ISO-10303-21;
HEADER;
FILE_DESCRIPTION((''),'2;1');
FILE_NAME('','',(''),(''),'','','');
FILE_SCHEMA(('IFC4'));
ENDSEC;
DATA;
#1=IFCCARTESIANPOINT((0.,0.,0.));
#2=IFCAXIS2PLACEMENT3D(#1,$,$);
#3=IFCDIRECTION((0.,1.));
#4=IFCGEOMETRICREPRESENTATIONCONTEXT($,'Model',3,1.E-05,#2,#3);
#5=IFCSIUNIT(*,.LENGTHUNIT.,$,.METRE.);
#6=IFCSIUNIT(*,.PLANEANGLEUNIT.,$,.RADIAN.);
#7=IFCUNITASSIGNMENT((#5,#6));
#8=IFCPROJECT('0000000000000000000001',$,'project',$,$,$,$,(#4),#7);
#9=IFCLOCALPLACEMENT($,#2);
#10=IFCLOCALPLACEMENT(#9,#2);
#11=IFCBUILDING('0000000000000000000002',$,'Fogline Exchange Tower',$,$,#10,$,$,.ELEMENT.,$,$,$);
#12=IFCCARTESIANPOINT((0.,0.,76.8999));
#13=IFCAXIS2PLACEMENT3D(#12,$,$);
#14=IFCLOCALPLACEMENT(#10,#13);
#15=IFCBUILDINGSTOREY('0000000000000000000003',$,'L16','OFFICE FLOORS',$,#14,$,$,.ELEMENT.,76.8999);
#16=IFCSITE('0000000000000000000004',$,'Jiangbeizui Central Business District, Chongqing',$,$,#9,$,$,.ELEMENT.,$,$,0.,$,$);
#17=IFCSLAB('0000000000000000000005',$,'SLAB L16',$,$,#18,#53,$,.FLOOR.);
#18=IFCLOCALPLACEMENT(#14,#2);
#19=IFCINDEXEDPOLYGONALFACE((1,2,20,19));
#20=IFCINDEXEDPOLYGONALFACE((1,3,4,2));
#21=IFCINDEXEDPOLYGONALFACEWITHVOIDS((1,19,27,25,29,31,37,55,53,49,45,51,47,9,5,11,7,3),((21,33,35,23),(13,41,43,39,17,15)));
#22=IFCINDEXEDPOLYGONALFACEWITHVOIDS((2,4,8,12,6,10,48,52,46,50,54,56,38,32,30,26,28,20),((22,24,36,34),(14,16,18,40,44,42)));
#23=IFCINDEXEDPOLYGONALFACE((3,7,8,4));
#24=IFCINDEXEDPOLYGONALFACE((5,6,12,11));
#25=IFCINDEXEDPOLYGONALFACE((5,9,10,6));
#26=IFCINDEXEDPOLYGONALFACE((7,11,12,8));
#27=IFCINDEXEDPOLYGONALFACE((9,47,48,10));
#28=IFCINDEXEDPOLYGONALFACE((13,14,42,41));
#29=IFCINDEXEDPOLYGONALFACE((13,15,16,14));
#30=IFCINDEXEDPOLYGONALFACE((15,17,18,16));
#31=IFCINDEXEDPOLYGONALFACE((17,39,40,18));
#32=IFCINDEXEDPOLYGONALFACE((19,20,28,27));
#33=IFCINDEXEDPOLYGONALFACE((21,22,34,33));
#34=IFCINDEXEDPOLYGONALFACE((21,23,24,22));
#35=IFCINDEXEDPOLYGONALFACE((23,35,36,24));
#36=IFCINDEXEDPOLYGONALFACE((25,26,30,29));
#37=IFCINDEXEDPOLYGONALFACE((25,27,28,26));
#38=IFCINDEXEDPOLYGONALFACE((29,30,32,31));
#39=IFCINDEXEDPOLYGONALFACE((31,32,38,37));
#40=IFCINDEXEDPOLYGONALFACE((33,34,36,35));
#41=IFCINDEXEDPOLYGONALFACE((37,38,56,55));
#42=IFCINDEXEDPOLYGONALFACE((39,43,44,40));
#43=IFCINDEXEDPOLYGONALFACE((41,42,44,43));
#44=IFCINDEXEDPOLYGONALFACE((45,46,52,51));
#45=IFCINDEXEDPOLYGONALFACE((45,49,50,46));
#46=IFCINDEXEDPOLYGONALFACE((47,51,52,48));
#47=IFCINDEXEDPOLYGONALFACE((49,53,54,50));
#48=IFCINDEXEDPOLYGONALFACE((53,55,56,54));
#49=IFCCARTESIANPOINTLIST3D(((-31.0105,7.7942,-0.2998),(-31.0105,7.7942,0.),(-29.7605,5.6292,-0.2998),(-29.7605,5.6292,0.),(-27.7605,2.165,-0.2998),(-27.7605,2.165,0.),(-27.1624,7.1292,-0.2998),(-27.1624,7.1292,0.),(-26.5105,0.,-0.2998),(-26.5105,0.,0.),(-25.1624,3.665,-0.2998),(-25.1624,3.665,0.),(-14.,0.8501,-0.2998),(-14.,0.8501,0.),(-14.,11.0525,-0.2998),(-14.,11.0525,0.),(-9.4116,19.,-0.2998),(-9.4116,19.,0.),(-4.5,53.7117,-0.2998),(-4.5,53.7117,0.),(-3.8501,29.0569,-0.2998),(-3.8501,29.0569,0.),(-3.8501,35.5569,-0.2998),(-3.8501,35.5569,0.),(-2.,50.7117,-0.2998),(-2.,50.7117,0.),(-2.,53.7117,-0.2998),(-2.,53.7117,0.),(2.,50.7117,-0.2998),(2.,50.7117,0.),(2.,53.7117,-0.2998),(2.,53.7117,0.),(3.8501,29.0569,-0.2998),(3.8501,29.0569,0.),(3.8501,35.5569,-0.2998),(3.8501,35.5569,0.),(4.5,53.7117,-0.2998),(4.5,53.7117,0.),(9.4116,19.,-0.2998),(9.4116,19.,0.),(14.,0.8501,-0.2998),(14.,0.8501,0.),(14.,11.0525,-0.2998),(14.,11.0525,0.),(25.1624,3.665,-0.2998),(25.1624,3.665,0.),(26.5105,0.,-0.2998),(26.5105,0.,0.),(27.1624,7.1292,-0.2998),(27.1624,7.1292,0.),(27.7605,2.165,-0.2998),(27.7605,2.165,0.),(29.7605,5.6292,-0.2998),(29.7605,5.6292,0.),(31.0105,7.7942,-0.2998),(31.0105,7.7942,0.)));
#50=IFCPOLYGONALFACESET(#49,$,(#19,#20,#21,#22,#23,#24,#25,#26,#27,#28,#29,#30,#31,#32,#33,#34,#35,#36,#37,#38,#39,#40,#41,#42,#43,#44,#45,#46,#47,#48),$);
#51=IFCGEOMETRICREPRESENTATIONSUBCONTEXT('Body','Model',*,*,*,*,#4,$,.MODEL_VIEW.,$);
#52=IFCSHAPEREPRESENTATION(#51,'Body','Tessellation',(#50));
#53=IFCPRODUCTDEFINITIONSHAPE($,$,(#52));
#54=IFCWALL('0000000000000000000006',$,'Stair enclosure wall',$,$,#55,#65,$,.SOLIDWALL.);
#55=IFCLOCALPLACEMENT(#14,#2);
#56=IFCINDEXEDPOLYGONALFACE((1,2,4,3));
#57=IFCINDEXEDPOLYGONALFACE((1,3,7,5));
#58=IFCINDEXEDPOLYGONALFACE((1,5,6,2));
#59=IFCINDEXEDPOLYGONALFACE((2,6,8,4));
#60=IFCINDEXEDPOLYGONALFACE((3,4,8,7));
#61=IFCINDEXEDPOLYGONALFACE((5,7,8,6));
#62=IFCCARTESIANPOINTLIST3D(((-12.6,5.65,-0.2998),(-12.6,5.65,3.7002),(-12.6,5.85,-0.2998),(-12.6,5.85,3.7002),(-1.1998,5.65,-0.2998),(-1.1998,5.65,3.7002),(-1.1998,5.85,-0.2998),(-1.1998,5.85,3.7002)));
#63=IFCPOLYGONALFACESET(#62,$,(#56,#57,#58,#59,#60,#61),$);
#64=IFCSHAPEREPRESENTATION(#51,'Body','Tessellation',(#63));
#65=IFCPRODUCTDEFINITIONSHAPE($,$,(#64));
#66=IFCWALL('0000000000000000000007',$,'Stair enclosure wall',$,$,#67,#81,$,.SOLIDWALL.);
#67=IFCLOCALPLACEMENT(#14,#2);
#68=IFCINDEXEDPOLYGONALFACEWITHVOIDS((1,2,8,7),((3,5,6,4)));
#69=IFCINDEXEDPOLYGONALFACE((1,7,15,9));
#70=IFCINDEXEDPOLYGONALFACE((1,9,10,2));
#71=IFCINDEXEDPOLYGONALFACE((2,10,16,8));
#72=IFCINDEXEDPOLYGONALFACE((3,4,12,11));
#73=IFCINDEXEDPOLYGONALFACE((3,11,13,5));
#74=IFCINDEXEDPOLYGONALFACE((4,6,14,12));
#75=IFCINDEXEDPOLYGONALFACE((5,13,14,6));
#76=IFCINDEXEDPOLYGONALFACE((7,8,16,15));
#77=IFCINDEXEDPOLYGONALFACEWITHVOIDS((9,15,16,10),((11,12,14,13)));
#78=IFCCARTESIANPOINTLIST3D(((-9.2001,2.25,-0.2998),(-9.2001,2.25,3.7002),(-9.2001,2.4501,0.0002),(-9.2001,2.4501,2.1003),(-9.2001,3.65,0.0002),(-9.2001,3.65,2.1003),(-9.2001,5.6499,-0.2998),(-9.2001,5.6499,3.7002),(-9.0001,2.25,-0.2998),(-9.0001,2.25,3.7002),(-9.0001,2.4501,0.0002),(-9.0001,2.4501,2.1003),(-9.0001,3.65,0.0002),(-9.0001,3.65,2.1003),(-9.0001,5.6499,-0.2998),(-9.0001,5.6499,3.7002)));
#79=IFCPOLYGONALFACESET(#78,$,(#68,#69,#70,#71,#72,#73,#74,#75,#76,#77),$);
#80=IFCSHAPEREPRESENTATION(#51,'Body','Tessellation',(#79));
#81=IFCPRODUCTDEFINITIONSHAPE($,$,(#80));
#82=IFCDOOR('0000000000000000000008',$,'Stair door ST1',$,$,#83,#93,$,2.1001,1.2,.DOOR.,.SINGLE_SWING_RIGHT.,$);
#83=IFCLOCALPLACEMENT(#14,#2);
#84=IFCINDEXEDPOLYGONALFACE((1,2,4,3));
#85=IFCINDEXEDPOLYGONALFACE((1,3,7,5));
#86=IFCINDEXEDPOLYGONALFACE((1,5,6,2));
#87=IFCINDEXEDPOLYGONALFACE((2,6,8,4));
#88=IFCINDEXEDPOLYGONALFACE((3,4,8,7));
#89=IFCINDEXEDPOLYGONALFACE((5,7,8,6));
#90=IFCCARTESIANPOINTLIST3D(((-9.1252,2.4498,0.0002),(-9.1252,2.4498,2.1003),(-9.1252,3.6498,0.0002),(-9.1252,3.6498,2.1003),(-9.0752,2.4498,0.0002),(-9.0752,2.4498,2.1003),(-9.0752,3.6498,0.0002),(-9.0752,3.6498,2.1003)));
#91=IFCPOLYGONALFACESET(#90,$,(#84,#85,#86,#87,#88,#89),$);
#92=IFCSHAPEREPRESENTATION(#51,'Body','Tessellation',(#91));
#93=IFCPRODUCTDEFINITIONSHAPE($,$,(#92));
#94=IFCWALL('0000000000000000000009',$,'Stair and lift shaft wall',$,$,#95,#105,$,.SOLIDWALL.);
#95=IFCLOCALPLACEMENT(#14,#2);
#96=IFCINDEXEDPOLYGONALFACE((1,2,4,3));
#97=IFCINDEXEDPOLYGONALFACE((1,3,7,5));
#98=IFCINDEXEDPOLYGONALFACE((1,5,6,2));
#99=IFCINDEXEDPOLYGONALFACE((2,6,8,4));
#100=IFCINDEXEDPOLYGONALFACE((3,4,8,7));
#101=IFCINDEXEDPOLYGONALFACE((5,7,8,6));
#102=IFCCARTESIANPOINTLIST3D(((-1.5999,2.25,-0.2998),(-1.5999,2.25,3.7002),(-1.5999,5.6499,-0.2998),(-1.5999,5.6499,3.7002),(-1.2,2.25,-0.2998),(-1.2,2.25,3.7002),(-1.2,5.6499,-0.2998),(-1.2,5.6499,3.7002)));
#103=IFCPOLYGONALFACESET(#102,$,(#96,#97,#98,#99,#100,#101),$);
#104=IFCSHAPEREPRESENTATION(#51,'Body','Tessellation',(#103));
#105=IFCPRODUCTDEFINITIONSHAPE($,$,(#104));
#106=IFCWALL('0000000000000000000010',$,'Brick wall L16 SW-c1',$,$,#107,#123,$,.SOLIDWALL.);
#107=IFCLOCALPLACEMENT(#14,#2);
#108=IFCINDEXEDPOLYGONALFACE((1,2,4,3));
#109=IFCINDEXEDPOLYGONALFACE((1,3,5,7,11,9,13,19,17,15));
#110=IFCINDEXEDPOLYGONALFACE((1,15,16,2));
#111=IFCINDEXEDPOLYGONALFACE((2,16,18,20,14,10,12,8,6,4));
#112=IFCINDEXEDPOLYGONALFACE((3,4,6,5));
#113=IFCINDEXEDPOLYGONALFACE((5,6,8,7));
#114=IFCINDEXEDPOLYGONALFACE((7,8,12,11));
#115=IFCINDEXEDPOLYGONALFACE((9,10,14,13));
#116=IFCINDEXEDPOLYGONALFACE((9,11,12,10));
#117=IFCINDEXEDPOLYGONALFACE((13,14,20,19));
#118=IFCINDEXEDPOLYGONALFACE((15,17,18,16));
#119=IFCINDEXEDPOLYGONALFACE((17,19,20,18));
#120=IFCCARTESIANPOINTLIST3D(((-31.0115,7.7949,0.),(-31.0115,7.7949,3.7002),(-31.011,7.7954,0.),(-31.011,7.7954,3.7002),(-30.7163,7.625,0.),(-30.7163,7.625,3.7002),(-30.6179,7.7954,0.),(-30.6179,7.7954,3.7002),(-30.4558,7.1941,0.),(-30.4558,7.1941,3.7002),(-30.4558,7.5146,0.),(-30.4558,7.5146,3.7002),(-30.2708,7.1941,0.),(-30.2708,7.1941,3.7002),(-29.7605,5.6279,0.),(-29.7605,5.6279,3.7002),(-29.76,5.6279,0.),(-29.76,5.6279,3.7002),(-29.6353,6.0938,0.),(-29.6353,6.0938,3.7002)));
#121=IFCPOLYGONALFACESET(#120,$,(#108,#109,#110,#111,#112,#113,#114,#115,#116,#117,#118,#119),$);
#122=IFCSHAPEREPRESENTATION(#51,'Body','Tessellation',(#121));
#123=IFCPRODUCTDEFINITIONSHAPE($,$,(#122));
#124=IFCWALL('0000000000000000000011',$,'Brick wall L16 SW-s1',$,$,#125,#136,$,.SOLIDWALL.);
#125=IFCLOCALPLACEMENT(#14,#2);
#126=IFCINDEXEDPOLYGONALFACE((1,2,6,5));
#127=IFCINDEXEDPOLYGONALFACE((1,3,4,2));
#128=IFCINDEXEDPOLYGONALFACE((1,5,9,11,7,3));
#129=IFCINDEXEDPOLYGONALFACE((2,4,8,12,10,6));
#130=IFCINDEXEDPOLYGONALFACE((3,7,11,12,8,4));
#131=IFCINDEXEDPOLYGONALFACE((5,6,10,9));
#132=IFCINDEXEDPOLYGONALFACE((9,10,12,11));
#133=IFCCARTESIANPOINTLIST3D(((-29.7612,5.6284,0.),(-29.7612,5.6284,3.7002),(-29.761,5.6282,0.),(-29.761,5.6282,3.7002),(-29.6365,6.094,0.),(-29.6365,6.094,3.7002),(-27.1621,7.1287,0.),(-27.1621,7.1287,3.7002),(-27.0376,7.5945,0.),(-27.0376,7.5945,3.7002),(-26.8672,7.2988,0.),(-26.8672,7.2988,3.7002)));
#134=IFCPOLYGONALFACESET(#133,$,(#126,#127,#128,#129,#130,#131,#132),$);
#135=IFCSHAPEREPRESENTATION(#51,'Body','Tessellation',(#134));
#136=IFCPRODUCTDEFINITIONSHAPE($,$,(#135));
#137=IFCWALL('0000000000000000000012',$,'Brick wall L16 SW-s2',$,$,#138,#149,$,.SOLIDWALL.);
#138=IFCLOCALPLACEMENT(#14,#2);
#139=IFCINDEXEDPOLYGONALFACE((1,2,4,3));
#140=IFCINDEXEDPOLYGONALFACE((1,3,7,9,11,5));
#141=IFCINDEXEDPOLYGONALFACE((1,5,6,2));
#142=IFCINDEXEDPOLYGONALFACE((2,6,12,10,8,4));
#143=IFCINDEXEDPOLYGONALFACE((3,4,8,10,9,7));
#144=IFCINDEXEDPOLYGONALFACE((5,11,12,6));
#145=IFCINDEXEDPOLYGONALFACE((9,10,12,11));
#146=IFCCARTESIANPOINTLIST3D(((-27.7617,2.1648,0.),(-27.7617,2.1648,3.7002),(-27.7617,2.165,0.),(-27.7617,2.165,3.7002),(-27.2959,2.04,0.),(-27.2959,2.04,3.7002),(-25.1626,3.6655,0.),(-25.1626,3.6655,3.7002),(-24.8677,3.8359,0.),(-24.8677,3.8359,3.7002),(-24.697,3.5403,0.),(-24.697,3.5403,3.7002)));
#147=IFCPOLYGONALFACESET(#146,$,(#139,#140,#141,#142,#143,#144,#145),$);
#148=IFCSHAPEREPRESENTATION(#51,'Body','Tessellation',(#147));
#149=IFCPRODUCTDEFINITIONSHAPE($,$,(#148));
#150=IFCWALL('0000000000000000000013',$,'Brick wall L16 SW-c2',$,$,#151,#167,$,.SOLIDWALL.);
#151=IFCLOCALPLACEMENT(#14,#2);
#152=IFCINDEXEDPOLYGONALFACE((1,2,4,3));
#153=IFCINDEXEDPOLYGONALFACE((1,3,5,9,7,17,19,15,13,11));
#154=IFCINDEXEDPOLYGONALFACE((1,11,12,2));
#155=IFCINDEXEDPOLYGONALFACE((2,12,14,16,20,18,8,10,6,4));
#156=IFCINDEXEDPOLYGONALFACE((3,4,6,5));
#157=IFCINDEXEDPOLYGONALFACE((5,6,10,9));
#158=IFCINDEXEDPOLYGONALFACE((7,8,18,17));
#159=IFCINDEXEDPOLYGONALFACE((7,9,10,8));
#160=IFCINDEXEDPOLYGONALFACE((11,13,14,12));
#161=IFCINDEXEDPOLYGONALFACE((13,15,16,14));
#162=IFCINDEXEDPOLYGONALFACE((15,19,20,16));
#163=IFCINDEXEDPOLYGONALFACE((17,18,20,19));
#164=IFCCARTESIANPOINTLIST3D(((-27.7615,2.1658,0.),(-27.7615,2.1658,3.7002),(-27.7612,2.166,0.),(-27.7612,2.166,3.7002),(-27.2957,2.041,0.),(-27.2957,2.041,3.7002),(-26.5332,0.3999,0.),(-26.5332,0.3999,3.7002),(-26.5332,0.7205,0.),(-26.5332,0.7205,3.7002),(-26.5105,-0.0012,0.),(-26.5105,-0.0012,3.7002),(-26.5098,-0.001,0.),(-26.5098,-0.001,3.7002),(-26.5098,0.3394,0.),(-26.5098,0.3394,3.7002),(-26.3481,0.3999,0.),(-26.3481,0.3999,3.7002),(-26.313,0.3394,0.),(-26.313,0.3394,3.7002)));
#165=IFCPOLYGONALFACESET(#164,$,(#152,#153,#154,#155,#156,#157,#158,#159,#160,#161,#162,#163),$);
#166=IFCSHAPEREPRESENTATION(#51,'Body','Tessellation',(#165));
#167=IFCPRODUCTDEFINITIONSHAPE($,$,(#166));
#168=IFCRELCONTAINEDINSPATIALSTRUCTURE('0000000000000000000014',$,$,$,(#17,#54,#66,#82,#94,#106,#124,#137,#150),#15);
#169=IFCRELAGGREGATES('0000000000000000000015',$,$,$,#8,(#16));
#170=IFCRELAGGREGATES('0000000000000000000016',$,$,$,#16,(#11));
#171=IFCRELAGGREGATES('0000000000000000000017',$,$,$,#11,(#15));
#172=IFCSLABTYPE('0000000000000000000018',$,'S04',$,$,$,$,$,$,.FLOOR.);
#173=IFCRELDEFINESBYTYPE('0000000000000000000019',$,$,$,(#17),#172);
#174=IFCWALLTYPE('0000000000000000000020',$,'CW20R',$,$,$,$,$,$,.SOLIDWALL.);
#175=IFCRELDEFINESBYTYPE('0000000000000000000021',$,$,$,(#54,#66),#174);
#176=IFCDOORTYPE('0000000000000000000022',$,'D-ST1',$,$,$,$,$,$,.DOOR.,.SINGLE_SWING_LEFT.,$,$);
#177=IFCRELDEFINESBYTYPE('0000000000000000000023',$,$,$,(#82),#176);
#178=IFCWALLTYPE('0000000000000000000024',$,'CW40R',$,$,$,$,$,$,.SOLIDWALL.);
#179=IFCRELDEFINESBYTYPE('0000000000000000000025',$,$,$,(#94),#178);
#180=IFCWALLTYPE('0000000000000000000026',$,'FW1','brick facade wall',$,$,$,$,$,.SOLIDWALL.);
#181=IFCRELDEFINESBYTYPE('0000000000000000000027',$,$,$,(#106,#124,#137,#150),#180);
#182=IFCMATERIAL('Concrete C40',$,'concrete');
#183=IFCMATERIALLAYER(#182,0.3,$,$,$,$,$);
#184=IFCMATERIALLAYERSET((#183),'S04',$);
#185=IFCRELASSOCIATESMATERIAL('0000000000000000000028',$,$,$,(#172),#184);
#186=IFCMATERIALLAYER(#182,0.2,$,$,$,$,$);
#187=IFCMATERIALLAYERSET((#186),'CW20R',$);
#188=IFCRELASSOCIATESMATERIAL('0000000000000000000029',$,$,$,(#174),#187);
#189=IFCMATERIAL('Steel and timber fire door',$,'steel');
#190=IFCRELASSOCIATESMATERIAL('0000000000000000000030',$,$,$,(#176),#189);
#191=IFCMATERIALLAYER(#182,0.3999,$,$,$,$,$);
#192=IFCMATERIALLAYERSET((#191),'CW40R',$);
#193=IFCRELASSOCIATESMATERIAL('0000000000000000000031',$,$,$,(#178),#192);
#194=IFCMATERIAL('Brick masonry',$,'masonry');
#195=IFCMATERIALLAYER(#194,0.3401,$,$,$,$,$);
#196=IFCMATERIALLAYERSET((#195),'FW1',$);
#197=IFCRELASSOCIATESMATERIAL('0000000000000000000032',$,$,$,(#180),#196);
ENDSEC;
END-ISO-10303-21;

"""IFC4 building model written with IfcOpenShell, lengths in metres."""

from ifc_helpers import new_model, si_unit, direction, frame, frame_2d, origin, place, context, subcontext, project, spatial, polyline, rectangle, outline, extrude, material, layer, layer_set, type_object, element, fill, save


model = new_model("IFC4")

# Units and contexts
model_context = context("Model", 3, precision=1e-05, world=origin(), true_north=direction((0.0, 1.0)))
body_context = subcontext(model_context, "Body", "Model", "MODEL_VIEW")
ifc_project = project(units=[si_unit("LENGTHUNIT", "METRE"), si_unit("PLANEANGLEUNIT", "RADIAN")], contexts=[model_context])

# Site, building, storey
site_placement = place(None, origin())
site = spatial("IfcSite", under=ifc_project, at=site_placement, Name="Jiangbeizui Central Business District, Chongqing", CompositionType="ELEMENT", RefElevation=0.0)
building_placement = place(site_placement, origin())
building = spatial("IfcBuilding", under=site, at=building_placement, Name="Fogline Exchange Tower", CompositionType="ELEMENT")
storey_placement = place(building_placement, frame((0.0, 0.0, 76.8999)))
storey = spatial("IfcBuildingStorey", under=building, at=storey_placement, Name="L16", Description="OFFICE FLOORS", CompositionType="ELEMENT", Elevation=76.8999)

# Slab
ifc_material_1 = material(Name="Concrete C40", Category="concrete")
ifc_layer_1 = layer(ifc_material_1, 0.3)
ifc_layer_set_1 = layer_set([ifc_layer_1], Name="S04")
slab_type = type_object("IfcSlabType", Name="S04", PredefinedType="FLOOR", material=ifc_layer_set_1)
slab_placement = place(storey_placement, frame((0.0, 0.0, -0.2998)))
element("IfcSlab", 1, at=slab_placement, inside=storey, type_object=slab_type, Name="SLAB L16", PredefinedType="FLOOR", context=body_context, shape_type="SweptSolid", body=[
    extrude(outline(polyline([(-2.0, 53.7117), (-4.5, 53.7117), (-31.0105, 7.7942), (-29.7605, 5.6292), (-27.1624, 7.1292), (-25.1624, 3.665), (-27.7605, 2.165), (-26.5105, 0.0), (26.5105, 0.0), (27.7605, 2.165), (25.1624, 3.665), (27.1624, 7.1292), (29.7605, 5.6292), (31.0105, 7.7942), (4.5, 53.7117), (2.0, 53.7117), (2.0, 50.7117), (-2.0, 50.7117), (-2.0, 53.7117)]), holes=[polyline([(14.0, 11.0525), (14.0, 0.8501), (-14.0, 0.8501), (-14.0, 11.0525), (-9.4116, 19.0), (9.4116, 19.0), (14.0, 11.0525)]), polyline([(3.8501, 35.5569), (3.8501, 29.0569), (-3.8501, 29.0569), (-3.8501, 35.5569), (3.8501, 35.5569)])]), origin(), (0.0, 0.0, 1.0), 0.2998),
])

# Wall
ifc_layer_2 = layer(ifc_material_1, 0.2)
ifc_layer_set_2 = layer_set([ifc_layer_2], Name="CW20R")
wall_type_1 = type_object("IfcWallType", Name="CW20R", PredefinedType="SOLIDWALL", material=ifc_layer_set_2)
wall_1_placement = place(storey_placement, frame((-12.6001, 5.75, -0.2998), z_axis=(0.0, 0.0, 1.0), x_axis=(1.0, 0.0, 0.0)))
element("IfcWall", 2, at=wall_1_placement, inside=storey, type_object=wall_type_1, Name="Stair enclosure wall", PredefinedType="SOLIDWALL", context=body_context, shape_type="SweptSolid", body=[
    extrude(rectangle(XDim=11.4001, YDim=0.2, at=frame_2d((5.7002, 0.0))), origin(), (0.0, 0.0, 1.0), 4.0),
])

# Wall, opening, door
wall_2_placement = place(storey_placement, frame((-9.1001, 2.25, -0.2998), z_axis=(0.0, 0.0, 1.0), x_axis=(0.0, 1.0, 0.0)))
wall_2 = element("IfcWall", 3, at=wall_2_placement, inside=storey, type_object=wall_type_1, Name="Stair enclosure wall", PredefinedType="SOLIDWALL", context=body_context, shape_type="SweptSolid", body=[
    extrude(rectangle(XDim=3.3999, YDim=0.2, at=frame_2d((1.7, 0.0))), origin(), (0.0, 0.0, 1.0), 4.0),
])
opening_placement = place(wall_2_placement, frame((0.2, 0.0, 0.3)))
opening = element("IfcOpeningElement", 4, at=opening_placement, cuts=wall_2, PredefinedType="OPENING", context=body_context, shape_type="SweptSolid", body=[
    extrude(rectangle(XDim=1.2, YDim=2.1001, at=frame_2d((0.6001, 1.05))), frame((0.0, 0.1099, 0.0), z_axis=(0.0, -1.0, 0.0), x_axis=(1.0, 0.0, 0.0)), (0.0, 0.0, 1.0), 0.22),
])
ifc_material_2 = material(Name="Steel and timber fire door", Category="steel")
door_type = type_object("IfcDoorType", Name="D-ST1", OperationType="SINGLE_SWING_LEFT", PredefinedType="DOOR", material=ifc_material_2)
door_placement = place(opening_placement, frame((1.2, 0.0, 0.0), z_axis=(0.0, 0.0, 1.0), x_axis=(-1.0, 0.0, 0.0)))
door = element("IfcDoor", 5, at=door_placement, inside=storey, type_object=door_type, Name="Stair door ST1", OperationType="SINGLE_SWING_RIGHT", OverallHeight=2.1001, OverallWidth=1.2, PredefinedType="DOOR", context=body_context, shape_type="SweptSolid", body=[
    extrude(rectangle(XDim=1.2, YDim=2.1001, at=frame_2d((0.6001, 1.05))), frame((0.0, 0.0249, 0.0), z_axis=(0.0, -1.0, 0.0), x_axis=(1.0, 0.0, 0.0)), (0.0, 0.0, 1.0), 0.05),
])
fill(opening, door)

# Walls
ifc_layer_3 = layer(ifc_material_1, 0.3999)
ifc_layer_set_3 = layer_set([ifc_layer_3], Name="CW40R")
wall_type_2 = type_object("IfcWallType", Name="CW40R", PredefinedType="SOLIDWALL", material=ifc_layer_set_3)
wall_3_placement = place(storey_placement, frame((-1.3999, 2.25, -0.2998), z_axis=(0.0, 0.0, 1.0), x_axis=(0.0, 1.0, 0.0)))
element("IfcWall", 6, at=wall_3_placement, inside=storey, type_object=wall_type_2, Name="Stair and lift shaft wall", PredefinedType="SOLIDWALL", context=body_context, shape_type="SweptSolid", body=[
    extrude(rectangle(XDim=3.3999, YDim=0.3999, at=frame_2d((1.7, 0.0))), origin(), (0.0, 0.0, 1.0), 4.0),
])
ifc_material_3 = material(Name="Brick masonry", Category="masonry")
ifc_layer_4 = layer(ifc_material_3, 0.3401)
ifc_layer_set_4 = layer_set([ifc_layer_4], Name="FW1")
wall_type_3 = type_object("IfcWallType", Name="FW1", Description="brick facade wall", PredefinedType="SOLIDWALL", material=ifc_layer_set_4)
wall_4_placement = place(storey_placement, origin())
element("IfcWall", 7, at=wall_4_placement, inside=storey, type_object=wall_type_3, Name="Brick wall L16 SW-c1", PredefinedType="SOLIDWALL", context=body_context, shape_type="SweptSolid", body=[
    extrude(outline(polyline([(-29.7605, 5.6279), (-31.0115, 7.7949), (-31.011, 7.7954), (-30.7163, 7.625), (-30.6179, 7.7954), (-30.4558, 7.5146), (-30.4558, 7.1941), (-30.2708, 7.1941), (-29.6353, 6.0938), (-29.76, 5.6279), (-29.7605, 5.6279)])), origin(), (0.0, 0.0, 1.0), 3.7002),
])
wall_5_placement = place(storey_placement, origin())
element("IfcWall", 8, at=wall_5_placement, inside=storey, type_object=wall_type_3, Name="Brick wall L16 SW-s1", PredefinedType="SOLIDWALL", context=body_context, shape_type="SweptSolid", body=[
    extrude(outline(polyline([(-27.0376, 7.5945), (-26.8672, 7.2988), (-27.1621, 7.1287), (-29.761, 5.6282), (-29.7612, 5.6284), (-29.6365, 6.094), (-27.0376, 7.5945)])), origin(), (0.0, 0.0, 1.0), 3.7002),
])
wall_6_placement = place(storey_placement, origin())
element("IfcWall", 9, at=wall_6_placement, inside=storey, type_object=wall_type_3, Name="Brick wall L16 SW-s2", PredefinedType="SOLIDWALL", context=body_context, shape_type="SweptSolid", body=[
    extrude(outline(polyline([(-27.7617, 2.165), (-25.1626, 3.6655), (-24.8677, 3.8359), (-24.697, 3.5403), (-27.2959, 2.04), (-27.7617, 2.1648), (-27.7617, 2.165)])), origin(), (0.0, 0.0, 1.0), 3.7002),
])
wall_7_placement = place(storey_placement, origin())
element("IfcWall", 10, at=wall_7_placement, inside=storey, type_object=wall_type_3, Name="Brick wall L16 SW-c2", PredefinedType="SOLIDWALL", context=body_context, shape_type="SweptSolid", body=[
    extrude(outline(polyline([(-26.5332, 0.7205), (-26.5332, 0.3999), (-26.3481, 0.3999), (-26.313, 0.3394), (-26.5098, 0.3394), (-26.5098, -0.001), (-26.5105, -0.0012), (-27.7615, 2.1658), (-27.7612, 2.166), (-27.2957, 2.041), (-26.5332, 0.7205)])), origin(), (0.0, 0.0, 1.0), 3.7002),
])

save(model, "model.ifc")
